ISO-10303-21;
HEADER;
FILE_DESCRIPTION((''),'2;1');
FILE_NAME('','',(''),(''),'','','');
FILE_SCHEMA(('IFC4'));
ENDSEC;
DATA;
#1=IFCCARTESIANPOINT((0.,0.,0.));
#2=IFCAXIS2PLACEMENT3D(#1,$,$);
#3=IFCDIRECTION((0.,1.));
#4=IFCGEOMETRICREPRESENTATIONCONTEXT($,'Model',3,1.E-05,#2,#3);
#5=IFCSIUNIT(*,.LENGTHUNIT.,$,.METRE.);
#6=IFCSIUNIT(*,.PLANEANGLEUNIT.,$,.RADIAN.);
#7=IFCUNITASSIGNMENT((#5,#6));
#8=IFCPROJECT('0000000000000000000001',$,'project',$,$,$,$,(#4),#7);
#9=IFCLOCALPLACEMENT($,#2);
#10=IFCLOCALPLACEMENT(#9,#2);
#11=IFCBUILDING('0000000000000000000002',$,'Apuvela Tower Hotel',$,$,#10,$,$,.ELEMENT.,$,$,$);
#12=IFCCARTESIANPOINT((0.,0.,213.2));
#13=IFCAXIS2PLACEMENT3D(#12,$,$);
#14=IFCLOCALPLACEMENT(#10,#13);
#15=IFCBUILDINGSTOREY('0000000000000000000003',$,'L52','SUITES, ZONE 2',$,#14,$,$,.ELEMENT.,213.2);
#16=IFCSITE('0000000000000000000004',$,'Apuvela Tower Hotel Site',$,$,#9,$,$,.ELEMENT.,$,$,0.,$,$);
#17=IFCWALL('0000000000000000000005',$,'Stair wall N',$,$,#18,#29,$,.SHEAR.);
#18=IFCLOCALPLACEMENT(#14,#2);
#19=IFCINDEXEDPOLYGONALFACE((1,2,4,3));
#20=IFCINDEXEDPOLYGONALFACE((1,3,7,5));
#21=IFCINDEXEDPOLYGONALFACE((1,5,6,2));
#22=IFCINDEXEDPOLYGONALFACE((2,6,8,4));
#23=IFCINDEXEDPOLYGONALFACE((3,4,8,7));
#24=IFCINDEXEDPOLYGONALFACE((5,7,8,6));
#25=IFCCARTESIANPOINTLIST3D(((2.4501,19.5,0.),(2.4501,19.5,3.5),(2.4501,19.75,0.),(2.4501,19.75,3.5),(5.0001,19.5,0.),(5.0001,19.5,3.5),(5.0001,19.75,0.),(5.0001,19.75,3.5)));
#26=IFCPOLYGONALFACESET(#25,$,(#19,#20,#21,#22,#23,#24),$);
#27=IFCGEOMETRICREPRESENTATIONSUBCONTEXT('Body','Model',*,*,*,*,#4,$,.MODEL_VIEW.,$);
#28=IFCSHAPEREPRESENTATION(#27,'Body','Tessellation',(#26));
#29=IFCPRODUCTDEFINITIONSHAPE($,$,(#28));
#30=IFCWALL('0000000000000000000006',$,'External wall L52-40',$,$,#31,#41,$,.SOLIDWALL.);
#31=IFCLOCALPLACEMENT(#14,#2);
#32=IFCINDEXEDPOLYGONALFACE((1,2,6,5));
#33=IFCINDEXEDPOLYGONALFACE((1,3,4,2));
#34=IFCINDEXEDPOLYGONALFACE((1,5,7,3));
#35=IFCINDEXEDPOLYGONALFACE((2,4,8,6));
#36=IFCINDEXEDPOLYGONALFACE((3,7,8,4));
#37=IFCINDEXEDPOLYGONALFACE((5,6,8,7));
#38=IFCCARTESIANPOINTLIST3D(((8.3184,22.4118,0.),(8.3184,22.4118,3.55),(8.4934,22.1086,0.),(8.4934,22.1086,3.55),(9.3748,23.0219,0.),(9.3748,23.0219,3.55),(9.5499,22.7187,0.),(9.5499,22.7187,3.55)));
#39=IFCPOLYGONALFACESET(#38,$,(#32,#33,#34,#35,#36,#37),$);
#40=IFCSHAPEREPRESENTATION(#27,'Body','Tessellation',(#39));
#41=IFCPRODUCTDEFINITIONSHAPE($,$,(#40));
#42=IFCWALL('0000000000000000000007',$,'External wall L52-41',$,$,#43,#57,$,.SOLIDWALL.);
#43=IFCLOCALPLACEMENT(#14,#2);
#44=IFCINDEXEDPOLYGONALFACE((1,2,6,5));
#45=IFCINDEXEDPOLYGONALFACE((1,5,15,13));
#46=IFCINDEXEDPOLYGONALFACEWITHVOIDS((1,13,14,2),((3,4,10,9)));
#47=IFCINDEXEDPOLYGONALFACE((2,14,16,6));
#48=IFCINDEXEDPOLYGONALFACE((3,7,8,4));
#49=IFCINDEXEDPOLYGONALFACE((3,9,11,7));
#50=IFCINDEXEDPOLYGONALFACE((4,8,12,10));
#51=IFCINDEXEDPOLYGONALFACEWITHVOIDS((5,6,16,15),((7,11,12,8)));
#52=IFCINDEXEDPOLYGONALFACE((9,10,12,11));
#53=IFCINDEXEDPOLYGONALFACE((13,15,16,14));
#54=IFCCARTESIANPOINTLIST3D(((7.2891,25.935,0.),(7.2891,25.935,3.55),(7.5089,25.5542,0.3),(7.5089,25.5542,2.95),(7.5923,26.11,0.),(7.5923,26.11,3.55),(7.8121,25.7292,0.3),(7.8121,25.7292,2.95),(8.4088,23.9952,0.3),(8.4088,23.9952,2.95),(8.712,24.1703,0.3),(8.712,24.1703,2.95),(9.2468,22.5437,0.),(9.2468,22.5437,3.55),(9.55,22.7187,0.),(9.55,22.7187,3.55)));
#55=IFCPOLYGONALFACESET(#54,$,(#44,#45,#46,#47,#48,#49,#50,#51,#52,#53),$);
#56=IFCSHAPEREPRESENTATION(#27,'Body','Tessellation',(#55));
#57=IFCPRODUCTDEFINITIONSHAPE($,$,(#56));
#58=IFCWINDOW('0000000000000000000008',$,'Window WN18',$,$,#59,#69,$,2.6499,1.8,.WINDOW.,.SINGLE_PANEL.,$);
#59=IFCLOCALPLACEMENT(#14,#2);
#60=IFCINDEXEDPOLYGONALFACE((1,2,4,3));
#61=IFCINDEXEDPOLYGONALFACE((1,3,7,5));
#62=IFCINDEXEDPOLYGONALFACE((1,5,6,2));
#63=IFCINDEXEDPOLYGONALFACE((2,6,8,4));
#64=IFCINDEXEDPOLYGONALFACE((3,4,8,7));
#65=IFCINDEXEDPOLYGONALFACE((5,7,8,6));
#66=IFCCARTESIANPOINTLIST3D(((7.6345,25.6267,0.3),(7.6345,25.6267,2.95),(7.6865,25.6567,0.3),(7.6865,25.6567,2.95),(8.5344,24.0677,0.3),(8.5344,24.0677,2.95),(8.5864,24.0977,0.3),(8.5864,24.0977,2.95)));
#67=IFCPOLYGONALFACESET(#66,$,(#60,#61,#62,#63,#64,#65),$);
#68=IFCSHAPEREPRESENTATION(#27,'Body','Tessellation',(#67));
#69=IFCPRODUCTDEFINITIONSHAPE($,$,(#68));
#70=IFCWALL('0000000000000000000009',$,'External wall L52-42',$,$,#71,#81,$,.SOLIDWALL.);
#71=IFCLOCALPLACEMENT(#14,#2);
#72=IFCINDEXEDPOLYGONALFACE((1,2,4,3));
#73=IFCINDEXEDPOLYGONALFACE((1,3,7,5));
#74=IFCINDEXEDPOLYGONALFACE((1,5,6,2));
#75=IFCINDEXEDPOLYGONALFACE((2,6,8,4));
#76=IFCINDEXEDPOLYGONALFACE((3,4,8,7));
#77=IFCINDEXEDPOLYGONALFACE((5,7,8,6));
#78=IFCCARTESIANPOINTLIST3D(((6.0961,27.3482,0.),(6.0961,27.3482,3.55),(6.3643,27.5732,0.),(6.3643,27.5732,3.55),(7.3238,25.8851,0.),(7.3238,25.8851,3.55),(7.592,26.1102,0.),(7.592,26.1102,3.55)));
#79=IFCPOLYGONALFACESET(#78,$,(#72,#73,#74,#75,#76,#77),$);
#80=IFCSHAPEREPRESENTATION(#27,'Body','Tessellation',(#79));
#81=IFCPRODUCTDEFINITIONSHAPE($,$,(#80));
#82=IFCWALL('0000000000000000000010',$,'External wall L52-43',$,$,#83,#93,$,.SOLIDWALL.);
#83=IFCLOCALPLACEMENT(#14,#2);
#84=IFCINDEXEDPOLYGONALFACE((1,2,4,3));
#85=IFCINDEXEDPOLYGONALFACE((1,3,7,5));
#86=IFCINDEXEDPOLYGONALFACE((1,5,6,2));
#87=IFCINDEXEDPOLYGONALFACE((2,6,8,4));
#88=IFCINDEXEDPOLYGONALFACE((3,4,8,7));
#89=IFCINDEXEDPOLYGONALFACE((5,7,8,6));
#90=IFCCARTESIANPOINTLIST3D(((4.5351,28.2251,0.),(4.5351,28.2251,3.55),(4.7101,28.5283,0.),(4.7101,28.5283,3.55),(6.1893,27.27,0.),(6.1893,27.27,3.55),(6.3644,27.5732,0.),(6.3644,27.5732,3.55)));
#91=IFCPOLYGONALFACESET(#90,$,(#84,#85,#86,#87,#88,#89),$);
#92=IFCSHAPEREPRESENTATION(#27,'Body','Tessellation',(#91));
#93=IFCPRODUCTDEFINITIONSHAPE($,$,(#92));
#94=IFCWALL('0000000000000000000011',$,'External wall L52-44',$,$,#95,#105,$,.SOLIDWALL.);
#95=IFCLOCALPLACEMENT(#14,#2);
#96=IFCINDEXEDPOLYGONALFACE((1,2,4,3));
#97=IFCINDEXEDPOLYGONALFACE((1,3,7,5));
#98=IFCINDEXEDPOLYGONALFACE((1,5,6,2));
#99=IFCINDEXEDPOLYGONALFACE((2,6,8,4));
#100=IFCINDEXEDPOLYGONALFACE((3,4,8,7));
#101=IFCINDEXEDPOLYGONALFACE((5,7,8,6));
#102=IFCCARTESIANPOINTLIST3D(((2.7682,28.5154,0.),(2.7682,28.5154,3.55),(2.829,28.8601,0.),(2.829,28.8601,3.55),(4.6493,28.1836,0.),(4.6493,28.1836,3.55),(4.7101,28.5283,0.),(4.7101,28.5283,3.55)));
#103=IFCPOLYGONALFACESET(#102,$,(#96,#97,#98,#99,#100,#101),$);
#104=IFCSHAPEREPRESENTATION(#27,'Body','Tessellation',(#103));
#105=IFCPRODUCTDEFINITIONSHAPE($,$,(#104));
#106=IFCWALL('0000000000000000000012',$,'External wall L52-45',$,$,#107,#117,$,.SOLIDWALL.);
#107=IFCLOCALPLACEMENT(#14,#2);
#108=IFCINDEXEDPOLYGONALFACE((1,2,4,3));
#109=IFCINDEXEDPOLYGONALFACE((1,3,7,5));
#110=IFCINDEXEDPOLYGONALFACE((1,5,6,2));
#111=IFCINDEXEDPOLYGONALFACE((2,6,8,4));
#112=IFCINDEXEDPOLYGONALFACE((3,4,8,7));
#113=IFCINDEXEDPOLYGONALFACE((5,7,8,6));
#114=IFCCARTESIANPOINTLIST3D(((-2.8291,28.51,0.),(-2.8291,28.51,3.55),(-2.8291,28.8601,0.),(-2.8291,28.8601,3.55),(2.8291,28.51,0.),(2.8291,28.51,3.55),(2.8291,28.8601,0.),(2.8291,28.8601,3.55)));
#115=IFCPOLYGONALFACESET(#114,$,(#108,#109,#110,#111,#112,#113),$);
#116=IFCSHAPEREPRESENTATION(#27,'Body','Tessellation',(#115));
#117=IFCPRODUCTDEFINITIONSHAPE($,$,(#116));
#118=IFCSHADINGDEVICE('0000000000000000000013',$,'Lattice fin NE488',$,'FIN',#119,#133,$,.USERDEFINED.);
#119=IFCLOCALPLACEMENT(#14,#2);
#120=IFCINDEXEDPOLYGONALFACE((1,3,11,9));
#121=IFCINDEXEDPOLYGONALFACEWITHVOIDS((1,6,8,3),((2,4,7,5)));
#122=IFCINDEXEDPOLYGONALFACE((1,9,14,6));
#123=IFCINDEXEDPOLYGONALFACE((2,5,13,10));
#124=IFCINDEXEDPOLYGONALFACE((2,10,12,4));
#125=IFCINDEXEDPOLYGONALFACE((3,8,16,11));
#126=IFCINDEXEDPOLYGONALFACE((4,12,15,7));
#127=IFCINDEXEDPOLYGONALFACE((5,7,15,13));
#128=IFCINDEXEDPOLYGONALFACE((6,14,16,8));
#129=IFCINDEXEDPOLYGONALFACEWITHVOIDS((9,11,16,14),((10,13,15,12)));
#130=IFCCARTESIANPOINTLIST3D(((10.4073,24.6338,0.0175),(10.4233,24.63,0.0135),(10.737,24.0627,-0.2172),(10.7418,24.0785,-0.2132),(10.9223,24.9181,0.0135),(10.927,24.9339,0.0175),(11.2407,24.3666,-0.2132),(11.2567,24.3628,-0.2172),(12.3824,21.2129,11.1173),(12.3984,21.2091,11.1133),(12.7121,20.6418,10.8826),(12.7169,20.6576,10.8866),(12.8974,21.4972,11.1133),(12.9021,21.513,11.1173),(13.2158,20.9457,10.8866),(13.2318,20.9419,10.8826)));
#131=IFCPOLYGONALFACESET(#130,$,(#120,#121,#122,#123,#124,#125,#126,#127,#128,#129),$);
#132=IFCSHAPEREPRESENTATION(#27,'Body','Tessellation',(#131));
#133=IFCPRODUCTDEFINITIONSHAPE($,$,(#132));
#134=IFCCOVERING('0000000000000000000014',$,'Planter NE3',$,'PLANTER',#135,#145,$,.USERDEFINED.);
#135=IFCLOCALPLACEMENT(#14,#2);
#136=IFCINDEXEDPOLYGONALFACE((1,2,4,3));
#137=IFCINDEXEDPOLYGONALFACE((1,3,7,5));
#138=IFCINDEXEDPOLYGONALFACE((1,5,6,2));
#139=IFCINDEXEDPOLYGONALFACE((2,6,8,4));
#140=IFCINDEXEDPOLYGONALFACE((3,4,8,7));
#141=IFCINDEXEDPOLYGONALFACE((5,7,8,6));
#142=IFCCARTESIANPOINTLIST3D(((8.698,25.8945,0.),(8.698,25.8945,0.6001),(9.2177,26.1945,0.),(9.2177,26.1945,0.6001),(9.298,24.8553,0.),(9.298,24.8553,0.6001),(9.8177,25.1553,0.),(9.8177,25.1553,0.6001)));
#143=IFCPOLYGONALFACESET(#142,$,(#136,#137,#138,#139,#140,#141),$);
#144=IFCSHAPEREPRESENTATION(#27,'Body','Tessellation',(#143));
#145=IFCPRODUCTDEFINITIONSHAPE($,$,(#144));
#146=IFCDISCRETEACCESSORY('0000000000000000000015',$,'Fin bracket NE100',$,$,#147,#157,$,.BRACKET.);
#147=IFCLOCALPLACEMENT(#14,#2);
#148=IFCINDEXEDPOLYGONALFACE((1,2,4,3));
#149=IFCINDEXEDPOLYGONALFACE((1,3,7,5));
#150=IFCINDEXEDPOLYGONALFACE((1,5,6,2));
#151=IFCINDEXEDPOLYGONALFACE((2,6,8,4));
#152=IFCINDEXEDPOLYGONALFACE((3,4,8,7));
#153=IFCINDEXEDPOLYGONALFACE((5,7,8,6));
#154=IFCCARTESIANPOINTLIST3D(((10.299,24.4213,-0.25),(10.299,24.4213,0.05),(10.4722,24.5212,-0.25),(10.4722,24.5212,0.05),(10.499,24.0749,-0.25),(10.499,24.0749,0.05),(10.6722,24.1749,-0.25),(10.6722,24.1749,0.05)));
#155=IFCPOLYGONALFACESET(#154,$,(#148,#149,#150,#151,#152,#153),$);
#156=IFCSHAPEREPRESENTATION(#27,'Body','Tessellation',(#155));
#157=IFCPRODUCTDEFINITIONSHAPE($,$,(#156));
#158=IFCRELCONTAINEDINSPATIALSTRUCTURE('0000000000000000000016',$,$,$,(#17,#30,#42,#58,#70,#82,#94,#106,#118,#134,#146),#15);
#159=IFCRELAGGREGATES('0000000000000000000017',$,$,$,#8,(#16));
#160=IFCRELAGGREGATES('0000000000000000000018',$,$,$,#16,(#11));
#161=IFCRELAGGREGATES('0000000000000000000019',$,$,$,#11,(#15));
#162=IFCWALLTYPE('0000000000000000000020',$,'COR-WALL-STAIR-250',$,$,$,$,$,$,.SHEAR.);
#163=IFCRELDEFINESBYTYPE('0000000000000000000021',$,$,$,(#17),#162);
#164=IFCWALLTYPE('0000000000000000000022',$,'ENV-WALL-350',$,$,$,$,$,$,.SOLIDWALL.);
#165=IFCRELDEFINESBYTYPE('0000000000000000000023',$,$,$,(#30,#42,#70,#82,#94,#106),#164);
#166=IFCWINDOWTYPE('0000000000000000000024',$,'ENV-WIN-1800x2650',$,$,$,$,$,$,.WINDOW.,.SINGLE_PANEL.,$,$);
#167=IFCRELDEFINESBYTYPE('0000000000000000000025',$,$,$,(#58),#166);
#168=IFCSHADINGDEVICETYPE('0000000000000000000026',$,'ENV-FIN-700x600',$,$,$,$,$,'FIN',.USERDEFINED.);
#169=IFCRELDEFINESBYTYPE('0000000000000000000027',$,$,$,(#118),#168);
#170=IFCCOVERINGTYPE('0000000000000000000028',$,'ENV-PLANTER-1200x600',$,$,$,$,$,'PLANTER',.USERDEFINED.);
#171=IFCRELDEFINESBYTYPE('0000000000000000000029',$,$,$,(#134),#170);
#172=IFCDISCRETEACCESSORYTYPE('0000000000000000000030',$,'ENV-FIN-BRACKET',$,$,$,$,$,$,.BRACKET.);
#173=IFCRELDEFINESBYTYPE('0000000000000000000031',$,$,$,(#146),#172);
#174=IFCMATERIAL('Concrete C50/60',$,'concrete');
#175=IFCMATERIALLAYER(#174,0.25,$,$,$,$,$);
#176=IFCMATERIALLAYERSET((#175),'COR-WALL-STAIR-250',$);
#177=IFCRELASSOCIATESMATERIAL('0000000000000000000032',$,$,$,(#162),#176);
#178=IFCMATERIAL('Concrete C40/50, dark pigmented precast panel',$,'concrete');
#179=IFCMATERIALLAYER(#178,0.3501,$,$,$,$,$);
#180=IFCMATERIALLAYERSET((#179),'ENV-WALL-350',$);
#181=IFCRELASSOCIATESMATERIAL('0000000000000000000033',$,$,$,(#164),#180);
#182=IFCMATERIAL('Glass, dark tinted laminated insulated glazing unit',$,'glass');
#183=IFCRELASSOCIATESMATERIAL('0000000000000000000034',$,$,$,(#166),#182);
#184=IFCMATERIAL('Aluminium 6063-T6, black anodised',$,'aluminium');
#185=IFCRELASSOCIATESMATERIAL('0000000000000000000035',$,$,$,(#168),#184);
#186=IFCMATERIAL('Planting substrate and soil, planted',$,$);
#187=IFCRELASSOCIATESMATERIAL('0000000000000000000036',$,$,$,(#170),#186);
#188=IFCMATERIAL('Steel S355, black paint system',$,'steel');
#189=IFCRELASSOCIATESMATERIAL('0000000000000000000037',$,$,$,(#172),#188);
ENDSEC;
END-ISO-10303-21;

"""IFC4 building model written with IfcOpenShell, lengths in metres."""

from ifc_helpers import new_model, si_unit, direction, frame, frame_2d, origin, origin_2d, place, context, subcontext, project, spatial, rectangle, hollow_rectangle, extrude, material, layer, layer_set, material_profile, profile_set, type_object, element, fill, save


model = new_model("IFC4")

# Units and contexts
model_context = context("Model", 3, precision=1e-05, world=origin(), true_north=direction((0.0, 1.0)))
body_context = subcontext(model_context, "Body", "Model", "MODEL_VIEW")
ifc_project = project(units=[si_unit("LENGTHUNIT", "METRE"), si_unit("PLANEANGLEUNIT", "RADIAN")], contexts=[model_context])

# Site, building, storey
site_placement = place(None, origin())
site = spatial("IfcSite", under=ifc_project, at=site_placement, Name="Apuvela Tower Hotel Site", CompositionType="ELEMENT", RefElevation=0.0)
building_placement = place(site_placement, origin())
building = spatial("IfcBuilding", under=site, at=building_placement, Name="Apuvela Tower Hotel", CompositionType="ELEMENT")
storey_placement = place(building_placement, frame((0.0, 0.0, 213.2)))
storey = spatial("IfcBuildingStorey", under=building, at=storey_placement, Name="L52", Description="SUITES, ZONE 2", CompositionType="ELEMENT", Elevation=213.2)

# Walls
ifc_material_1 = material(Name="Concrete C50/60", Category="concrete")
ifc_layer_1 = layer(ifc_material_1, 0.25)
ifc_layer_set_1 = layer_set([ifc_layer_1], Name="COR-WALL-STAIR-250")
wall_type_1 = type_object("IfcWallType", Name="COR-WALL-STAIR-250", PredefinedType="SHEAR", material=ifc_layer_set_1)
wall_1_placement = place(storey_placement, frame((5.0, 19.625, 0.0), z_axis=(0.0, 0.0, 1.0), x_axis=(-1.0, 0.0, 0.0)))
element("IfcWall", 1, at=wall_1_placement, inside=storey, type_object=wall_type_1, Name="Stair wall N", PredefinedType="SHEAR", context=body_context, shape_type="SweptSolid", body=[
    extrude(rectangle(XDim=2.55, YDim=0.25, at=frame_2d((1.2749, 0.0))), origin(), (0.0, 0.0, 1.0), 3.5),
])
ifc_material_2 = material(Name="Concrete C40/50, dark pigmented precast panel", Category="concrete")
ifc_layer_2 = layer(ifc_material_2, 0.3501)
ifc_layer_set_2 = layer_set([ifc_layer_2], Name="ENV-WALL-350")
wall_type_2 = type_object("IfcWallType", Name="ENV-WALL-350", PredefinedType="SOLIDWALL", material=ifc_layer_set_2)
wall_2_placement = place(storey_placement, frame((8.406, 22.2603, 0.0), z_axis=(0.0, 0.0, 1.0), x_axis=(0.865956, 0.500121, 0.0)))
element("IfcWall", 2, at=wall_2_placement, inside=storey, type_object=wall_type_2, Name="External wall L52-40", PredefinedType="SOLIDWALL", context=body_context, shape_type="SweptSolid", body=[
    extrude(rectangle(XDim=1.22, YDim=0.3501, at=frame_2d((0.6099, 0.0))), origin(), (0.0, 0.0, 1.0), 3.55),
])

# Wall, opening, window
wall_3_placement = place(storey_placement, frame((9.3984, 22.6311, 0.0), z_axis=(0.0, 0.0, 1.0), x_axis=(-0.499955, 0.866052, 0.0)))
wall_3 = element("IfcWall", 3, at=wall_3_placement, inside=storey, type_object=wall_type_2, Name="External wall L52-41", PredefinedType="SOLIDWALL", context=body_context, shape_type="SweptSolid", body=[
    extrude(rectangle(XDim=3.9158, YDim=0.3501, at=frame_2d((1.958, 0.0))), origin(), (0.0, 0.0, 1.0), 3.55),
])
opening_placement = place(wall_3_placement, frame((1.6763, 0.0, 0.3)))
opening = element("IfcOpeningElement", 4, at=opening_placement, cuts=wall_3, PredefinedType="OPENING", context=body_context, shape_type="SweptSolid", body=[
    extrude(rectangle(XDim=1.8, YDim=2.6499, at=frame_2d((0.8999, 1.325))), frame((0.0, 0.1851, 0.0), z_axis=(0.0, -1.0, 0.0), x_axis=(1.0, 0.0, 0.0)), (0.0, 0.0, 1.0), 0.3701),
])
ifc_material_3 = material(Name="Glass, dark tinted laminated insulated glazing unit", Category="glass")
window_type = type_object("IfcWindowType", Name="ENV-WIN-1800x2650", PartitioningType="SINGLE_PANEL", PredefinedType="WINDOW", material=ifc_material_3)
window_placement = place(opening_placement, origin())
window = element("IfcWindow", 5, at=window_placement, inside=storey, type_object=window_type, Name="Window WN18", OverallHeight=2.6499, OverallWidth=1.8, PartitioningType="SINGLE_PANEL", PredefinedType="WINDOW", context=body_context, shape_type="SweptSolid", body=[
    extrude(rectangle(XDim=1.8, YDim=2.6499, at=frame_2d((0.8999, 1.325))), frame((0.0, 0.03, 0.0), z_axis=(0.0, -1.0, 0.0), x_axis=(1.0, 0.0, 0.0)), (0.0, 0.0, 1.0), 0.0601),
])
fill(opening, window)

# Walls
wall_4_placement = place(storey_placement, frame((7.458, 25.9976, 0.0), z_axis=(0.0, 0.0, 1.0), x_axis=(-0.642808, 0.766027, 0.0)))
element("IfcWall", 6, at=wall_4_placement, inside=storey, type_object=wall_type_2, Name="External wall L52-42", PredefinedType="SOLIDWALL", context=body_context, shape_type="SweptSolid", body=[
    extrude(rectangle(XDim=1.9099, YDim=0.3501, at=frame_2d((0.9551, 0.0))), origin(), (0.0, 0.0, 1.0), 3.55),
])
for number, where, z_axis, x_axis, name in (
    (7, (6.2769, 27.4216, 0.0), (0.0, 0.0, 1.0), (-0.866032, 0.499988, 0.0), "External wall L52-43"),
    (8, (4.6797, 28.356, 0.0), (0.0, 0.0, 1.0), (-0.984799, 0.173698, 0.0), "External wall L52-44"),
):
    element("IfcWall", number, at=place(storey_placement, frame(where, z_axis=z_axis, x_axis=x_axis)), inside=storey, type_object=wall_type_2, Name=name, PredefinedType="SOLIDWALL", context=body_context, shape_type="SweptSolid", body=[
        extrude(rectangle(XDim=1.9102, YDim=0.3501, at=frame_2d((0.9551, 0.0))), origin(), (0.0, 0.0, 1.0), 3.55),
    ])
wall_5_placement = place(storey_placement, frame((2.8291, 28.6851, 0.0), z_axis=(0.0, 0.0, 1.0), x_axis=(-1.0, 0.0, 0.0)))
element("IfcWall", 9, at=wall_5_placement, inside=storey, type_object=wall_type_2, Name="External wall L52-45", PredefinedType="SOLIDWALL", context=body_context, shape_type="SweptSolid", body=[
    extrude(rectangle(XDim=5.6582, YDim=0.3501, at=frame_2d((2.8291, 0.0))), origin(), (0.0, 0.0, 1.0), 3.55),
])

# Shading device
ifc_material_4 = material(Name="Aluminium 6063-T6, black anodised", Category="aluminium")
ifc_material_profile_1 = material_profile(ifc_material_4, hollow_rectangle(XDim=0.6001, YDim=0.7, WallThickness=0.012, at=origin_2d()), Name="AL BOX 700x600x12")
ifc_profile_set_1 = profile_set([ifc_material_profile_1], Name="Aluminium 6063-T6, black anodised")
shading_device_type = type_object("IfcShadingDeviceType", Name="ENV-FIN-700x600", ElementType="FIN", PredefinedType="USERDEFINED", material=ifc_profile_set_1)
shading_device_placement = place(storey_placement, frame((10.832, 24.4983, -0.0999), z_axis=(0.16764, -0.290355, 0.94212), x_axis=(0.866021, 0.500008, 0.0)))
element("IfcShadingDevice", 10, at=shading_device_placement, inside=storey, type_object=shading_device_type, Name="Lattice fin NE488", ObjectType="FIN", PredefinedType="USERDEFINED", context=body_context, shape_type="SweptSolid", body=[
    extrude(hollow_rectangle(XDim=0.6001, YDim=0.7, WallThickness=0.012, at=origin_2d()), origin(), (0.0, 0.0, 1.0), 11.7817),
])

# Covering
ifc_material_5 = material(Name="Planting substrate and soil, planted")
covering_type = type_object("IfcCoveringType", Name="ENV-PLANTER-1200x600", ElementType="PLANTER", PredefinedType="USERDEFINED", material=ifc_material_5)
covering_placement = place(storey_placement, frame((9.2578, 25.5249, 0.0), z_axis=(0.0, 0.0, 1.0), x_axis=(-0.5, 0.866025, 0.0)))
element("IfcCovering", 11, at=covering_placement, inside=storey, type_object=covering_type, Name="Planter NE3", ObjectType="PLANTER", PredefinedType="USERDEFINED", context=body_context, shape_type="SweptSolid", body=[
    extrude(rectangle(XDim=1.2, YDim=0.6001, at=origin_2d()), origin(), (0.0, 0.0, 1.0), 0.6001),
])

# Discrete accessory
ifc_material_6 = material(Name="Steel S355, black paint system", Category="steel")
discrete_accessory_type = type_object("IfcDiscreteAccessoryType", Name="ENV-FIN-BRACKET", PredefinedType="BRACKET", material=ifc_material_6)
discrete_accessory_placement = place(storey_placement, frame((10.4856, 24.2981, -0.25), z_axis=(0.0, 0.0, 1.0), x_axis=(-0.5, 0.866025, 0.0)))
element("IfcDiscreteAccessory", 12, at=discrete_accessory_placement, inside=storey, type_object=discrete_accessory_type, Name="Fin bracket NE100", PredefinedType="BRACKET", context=body_context, shape_type="SweptSolid", body=[
    extrude(rectangle(XDim=0.3999, YDim=0.2, at=origin_2d()), origin(), (0.0, 0.0, 1.0), 0.3),
])

save(model, "model.ifc")
